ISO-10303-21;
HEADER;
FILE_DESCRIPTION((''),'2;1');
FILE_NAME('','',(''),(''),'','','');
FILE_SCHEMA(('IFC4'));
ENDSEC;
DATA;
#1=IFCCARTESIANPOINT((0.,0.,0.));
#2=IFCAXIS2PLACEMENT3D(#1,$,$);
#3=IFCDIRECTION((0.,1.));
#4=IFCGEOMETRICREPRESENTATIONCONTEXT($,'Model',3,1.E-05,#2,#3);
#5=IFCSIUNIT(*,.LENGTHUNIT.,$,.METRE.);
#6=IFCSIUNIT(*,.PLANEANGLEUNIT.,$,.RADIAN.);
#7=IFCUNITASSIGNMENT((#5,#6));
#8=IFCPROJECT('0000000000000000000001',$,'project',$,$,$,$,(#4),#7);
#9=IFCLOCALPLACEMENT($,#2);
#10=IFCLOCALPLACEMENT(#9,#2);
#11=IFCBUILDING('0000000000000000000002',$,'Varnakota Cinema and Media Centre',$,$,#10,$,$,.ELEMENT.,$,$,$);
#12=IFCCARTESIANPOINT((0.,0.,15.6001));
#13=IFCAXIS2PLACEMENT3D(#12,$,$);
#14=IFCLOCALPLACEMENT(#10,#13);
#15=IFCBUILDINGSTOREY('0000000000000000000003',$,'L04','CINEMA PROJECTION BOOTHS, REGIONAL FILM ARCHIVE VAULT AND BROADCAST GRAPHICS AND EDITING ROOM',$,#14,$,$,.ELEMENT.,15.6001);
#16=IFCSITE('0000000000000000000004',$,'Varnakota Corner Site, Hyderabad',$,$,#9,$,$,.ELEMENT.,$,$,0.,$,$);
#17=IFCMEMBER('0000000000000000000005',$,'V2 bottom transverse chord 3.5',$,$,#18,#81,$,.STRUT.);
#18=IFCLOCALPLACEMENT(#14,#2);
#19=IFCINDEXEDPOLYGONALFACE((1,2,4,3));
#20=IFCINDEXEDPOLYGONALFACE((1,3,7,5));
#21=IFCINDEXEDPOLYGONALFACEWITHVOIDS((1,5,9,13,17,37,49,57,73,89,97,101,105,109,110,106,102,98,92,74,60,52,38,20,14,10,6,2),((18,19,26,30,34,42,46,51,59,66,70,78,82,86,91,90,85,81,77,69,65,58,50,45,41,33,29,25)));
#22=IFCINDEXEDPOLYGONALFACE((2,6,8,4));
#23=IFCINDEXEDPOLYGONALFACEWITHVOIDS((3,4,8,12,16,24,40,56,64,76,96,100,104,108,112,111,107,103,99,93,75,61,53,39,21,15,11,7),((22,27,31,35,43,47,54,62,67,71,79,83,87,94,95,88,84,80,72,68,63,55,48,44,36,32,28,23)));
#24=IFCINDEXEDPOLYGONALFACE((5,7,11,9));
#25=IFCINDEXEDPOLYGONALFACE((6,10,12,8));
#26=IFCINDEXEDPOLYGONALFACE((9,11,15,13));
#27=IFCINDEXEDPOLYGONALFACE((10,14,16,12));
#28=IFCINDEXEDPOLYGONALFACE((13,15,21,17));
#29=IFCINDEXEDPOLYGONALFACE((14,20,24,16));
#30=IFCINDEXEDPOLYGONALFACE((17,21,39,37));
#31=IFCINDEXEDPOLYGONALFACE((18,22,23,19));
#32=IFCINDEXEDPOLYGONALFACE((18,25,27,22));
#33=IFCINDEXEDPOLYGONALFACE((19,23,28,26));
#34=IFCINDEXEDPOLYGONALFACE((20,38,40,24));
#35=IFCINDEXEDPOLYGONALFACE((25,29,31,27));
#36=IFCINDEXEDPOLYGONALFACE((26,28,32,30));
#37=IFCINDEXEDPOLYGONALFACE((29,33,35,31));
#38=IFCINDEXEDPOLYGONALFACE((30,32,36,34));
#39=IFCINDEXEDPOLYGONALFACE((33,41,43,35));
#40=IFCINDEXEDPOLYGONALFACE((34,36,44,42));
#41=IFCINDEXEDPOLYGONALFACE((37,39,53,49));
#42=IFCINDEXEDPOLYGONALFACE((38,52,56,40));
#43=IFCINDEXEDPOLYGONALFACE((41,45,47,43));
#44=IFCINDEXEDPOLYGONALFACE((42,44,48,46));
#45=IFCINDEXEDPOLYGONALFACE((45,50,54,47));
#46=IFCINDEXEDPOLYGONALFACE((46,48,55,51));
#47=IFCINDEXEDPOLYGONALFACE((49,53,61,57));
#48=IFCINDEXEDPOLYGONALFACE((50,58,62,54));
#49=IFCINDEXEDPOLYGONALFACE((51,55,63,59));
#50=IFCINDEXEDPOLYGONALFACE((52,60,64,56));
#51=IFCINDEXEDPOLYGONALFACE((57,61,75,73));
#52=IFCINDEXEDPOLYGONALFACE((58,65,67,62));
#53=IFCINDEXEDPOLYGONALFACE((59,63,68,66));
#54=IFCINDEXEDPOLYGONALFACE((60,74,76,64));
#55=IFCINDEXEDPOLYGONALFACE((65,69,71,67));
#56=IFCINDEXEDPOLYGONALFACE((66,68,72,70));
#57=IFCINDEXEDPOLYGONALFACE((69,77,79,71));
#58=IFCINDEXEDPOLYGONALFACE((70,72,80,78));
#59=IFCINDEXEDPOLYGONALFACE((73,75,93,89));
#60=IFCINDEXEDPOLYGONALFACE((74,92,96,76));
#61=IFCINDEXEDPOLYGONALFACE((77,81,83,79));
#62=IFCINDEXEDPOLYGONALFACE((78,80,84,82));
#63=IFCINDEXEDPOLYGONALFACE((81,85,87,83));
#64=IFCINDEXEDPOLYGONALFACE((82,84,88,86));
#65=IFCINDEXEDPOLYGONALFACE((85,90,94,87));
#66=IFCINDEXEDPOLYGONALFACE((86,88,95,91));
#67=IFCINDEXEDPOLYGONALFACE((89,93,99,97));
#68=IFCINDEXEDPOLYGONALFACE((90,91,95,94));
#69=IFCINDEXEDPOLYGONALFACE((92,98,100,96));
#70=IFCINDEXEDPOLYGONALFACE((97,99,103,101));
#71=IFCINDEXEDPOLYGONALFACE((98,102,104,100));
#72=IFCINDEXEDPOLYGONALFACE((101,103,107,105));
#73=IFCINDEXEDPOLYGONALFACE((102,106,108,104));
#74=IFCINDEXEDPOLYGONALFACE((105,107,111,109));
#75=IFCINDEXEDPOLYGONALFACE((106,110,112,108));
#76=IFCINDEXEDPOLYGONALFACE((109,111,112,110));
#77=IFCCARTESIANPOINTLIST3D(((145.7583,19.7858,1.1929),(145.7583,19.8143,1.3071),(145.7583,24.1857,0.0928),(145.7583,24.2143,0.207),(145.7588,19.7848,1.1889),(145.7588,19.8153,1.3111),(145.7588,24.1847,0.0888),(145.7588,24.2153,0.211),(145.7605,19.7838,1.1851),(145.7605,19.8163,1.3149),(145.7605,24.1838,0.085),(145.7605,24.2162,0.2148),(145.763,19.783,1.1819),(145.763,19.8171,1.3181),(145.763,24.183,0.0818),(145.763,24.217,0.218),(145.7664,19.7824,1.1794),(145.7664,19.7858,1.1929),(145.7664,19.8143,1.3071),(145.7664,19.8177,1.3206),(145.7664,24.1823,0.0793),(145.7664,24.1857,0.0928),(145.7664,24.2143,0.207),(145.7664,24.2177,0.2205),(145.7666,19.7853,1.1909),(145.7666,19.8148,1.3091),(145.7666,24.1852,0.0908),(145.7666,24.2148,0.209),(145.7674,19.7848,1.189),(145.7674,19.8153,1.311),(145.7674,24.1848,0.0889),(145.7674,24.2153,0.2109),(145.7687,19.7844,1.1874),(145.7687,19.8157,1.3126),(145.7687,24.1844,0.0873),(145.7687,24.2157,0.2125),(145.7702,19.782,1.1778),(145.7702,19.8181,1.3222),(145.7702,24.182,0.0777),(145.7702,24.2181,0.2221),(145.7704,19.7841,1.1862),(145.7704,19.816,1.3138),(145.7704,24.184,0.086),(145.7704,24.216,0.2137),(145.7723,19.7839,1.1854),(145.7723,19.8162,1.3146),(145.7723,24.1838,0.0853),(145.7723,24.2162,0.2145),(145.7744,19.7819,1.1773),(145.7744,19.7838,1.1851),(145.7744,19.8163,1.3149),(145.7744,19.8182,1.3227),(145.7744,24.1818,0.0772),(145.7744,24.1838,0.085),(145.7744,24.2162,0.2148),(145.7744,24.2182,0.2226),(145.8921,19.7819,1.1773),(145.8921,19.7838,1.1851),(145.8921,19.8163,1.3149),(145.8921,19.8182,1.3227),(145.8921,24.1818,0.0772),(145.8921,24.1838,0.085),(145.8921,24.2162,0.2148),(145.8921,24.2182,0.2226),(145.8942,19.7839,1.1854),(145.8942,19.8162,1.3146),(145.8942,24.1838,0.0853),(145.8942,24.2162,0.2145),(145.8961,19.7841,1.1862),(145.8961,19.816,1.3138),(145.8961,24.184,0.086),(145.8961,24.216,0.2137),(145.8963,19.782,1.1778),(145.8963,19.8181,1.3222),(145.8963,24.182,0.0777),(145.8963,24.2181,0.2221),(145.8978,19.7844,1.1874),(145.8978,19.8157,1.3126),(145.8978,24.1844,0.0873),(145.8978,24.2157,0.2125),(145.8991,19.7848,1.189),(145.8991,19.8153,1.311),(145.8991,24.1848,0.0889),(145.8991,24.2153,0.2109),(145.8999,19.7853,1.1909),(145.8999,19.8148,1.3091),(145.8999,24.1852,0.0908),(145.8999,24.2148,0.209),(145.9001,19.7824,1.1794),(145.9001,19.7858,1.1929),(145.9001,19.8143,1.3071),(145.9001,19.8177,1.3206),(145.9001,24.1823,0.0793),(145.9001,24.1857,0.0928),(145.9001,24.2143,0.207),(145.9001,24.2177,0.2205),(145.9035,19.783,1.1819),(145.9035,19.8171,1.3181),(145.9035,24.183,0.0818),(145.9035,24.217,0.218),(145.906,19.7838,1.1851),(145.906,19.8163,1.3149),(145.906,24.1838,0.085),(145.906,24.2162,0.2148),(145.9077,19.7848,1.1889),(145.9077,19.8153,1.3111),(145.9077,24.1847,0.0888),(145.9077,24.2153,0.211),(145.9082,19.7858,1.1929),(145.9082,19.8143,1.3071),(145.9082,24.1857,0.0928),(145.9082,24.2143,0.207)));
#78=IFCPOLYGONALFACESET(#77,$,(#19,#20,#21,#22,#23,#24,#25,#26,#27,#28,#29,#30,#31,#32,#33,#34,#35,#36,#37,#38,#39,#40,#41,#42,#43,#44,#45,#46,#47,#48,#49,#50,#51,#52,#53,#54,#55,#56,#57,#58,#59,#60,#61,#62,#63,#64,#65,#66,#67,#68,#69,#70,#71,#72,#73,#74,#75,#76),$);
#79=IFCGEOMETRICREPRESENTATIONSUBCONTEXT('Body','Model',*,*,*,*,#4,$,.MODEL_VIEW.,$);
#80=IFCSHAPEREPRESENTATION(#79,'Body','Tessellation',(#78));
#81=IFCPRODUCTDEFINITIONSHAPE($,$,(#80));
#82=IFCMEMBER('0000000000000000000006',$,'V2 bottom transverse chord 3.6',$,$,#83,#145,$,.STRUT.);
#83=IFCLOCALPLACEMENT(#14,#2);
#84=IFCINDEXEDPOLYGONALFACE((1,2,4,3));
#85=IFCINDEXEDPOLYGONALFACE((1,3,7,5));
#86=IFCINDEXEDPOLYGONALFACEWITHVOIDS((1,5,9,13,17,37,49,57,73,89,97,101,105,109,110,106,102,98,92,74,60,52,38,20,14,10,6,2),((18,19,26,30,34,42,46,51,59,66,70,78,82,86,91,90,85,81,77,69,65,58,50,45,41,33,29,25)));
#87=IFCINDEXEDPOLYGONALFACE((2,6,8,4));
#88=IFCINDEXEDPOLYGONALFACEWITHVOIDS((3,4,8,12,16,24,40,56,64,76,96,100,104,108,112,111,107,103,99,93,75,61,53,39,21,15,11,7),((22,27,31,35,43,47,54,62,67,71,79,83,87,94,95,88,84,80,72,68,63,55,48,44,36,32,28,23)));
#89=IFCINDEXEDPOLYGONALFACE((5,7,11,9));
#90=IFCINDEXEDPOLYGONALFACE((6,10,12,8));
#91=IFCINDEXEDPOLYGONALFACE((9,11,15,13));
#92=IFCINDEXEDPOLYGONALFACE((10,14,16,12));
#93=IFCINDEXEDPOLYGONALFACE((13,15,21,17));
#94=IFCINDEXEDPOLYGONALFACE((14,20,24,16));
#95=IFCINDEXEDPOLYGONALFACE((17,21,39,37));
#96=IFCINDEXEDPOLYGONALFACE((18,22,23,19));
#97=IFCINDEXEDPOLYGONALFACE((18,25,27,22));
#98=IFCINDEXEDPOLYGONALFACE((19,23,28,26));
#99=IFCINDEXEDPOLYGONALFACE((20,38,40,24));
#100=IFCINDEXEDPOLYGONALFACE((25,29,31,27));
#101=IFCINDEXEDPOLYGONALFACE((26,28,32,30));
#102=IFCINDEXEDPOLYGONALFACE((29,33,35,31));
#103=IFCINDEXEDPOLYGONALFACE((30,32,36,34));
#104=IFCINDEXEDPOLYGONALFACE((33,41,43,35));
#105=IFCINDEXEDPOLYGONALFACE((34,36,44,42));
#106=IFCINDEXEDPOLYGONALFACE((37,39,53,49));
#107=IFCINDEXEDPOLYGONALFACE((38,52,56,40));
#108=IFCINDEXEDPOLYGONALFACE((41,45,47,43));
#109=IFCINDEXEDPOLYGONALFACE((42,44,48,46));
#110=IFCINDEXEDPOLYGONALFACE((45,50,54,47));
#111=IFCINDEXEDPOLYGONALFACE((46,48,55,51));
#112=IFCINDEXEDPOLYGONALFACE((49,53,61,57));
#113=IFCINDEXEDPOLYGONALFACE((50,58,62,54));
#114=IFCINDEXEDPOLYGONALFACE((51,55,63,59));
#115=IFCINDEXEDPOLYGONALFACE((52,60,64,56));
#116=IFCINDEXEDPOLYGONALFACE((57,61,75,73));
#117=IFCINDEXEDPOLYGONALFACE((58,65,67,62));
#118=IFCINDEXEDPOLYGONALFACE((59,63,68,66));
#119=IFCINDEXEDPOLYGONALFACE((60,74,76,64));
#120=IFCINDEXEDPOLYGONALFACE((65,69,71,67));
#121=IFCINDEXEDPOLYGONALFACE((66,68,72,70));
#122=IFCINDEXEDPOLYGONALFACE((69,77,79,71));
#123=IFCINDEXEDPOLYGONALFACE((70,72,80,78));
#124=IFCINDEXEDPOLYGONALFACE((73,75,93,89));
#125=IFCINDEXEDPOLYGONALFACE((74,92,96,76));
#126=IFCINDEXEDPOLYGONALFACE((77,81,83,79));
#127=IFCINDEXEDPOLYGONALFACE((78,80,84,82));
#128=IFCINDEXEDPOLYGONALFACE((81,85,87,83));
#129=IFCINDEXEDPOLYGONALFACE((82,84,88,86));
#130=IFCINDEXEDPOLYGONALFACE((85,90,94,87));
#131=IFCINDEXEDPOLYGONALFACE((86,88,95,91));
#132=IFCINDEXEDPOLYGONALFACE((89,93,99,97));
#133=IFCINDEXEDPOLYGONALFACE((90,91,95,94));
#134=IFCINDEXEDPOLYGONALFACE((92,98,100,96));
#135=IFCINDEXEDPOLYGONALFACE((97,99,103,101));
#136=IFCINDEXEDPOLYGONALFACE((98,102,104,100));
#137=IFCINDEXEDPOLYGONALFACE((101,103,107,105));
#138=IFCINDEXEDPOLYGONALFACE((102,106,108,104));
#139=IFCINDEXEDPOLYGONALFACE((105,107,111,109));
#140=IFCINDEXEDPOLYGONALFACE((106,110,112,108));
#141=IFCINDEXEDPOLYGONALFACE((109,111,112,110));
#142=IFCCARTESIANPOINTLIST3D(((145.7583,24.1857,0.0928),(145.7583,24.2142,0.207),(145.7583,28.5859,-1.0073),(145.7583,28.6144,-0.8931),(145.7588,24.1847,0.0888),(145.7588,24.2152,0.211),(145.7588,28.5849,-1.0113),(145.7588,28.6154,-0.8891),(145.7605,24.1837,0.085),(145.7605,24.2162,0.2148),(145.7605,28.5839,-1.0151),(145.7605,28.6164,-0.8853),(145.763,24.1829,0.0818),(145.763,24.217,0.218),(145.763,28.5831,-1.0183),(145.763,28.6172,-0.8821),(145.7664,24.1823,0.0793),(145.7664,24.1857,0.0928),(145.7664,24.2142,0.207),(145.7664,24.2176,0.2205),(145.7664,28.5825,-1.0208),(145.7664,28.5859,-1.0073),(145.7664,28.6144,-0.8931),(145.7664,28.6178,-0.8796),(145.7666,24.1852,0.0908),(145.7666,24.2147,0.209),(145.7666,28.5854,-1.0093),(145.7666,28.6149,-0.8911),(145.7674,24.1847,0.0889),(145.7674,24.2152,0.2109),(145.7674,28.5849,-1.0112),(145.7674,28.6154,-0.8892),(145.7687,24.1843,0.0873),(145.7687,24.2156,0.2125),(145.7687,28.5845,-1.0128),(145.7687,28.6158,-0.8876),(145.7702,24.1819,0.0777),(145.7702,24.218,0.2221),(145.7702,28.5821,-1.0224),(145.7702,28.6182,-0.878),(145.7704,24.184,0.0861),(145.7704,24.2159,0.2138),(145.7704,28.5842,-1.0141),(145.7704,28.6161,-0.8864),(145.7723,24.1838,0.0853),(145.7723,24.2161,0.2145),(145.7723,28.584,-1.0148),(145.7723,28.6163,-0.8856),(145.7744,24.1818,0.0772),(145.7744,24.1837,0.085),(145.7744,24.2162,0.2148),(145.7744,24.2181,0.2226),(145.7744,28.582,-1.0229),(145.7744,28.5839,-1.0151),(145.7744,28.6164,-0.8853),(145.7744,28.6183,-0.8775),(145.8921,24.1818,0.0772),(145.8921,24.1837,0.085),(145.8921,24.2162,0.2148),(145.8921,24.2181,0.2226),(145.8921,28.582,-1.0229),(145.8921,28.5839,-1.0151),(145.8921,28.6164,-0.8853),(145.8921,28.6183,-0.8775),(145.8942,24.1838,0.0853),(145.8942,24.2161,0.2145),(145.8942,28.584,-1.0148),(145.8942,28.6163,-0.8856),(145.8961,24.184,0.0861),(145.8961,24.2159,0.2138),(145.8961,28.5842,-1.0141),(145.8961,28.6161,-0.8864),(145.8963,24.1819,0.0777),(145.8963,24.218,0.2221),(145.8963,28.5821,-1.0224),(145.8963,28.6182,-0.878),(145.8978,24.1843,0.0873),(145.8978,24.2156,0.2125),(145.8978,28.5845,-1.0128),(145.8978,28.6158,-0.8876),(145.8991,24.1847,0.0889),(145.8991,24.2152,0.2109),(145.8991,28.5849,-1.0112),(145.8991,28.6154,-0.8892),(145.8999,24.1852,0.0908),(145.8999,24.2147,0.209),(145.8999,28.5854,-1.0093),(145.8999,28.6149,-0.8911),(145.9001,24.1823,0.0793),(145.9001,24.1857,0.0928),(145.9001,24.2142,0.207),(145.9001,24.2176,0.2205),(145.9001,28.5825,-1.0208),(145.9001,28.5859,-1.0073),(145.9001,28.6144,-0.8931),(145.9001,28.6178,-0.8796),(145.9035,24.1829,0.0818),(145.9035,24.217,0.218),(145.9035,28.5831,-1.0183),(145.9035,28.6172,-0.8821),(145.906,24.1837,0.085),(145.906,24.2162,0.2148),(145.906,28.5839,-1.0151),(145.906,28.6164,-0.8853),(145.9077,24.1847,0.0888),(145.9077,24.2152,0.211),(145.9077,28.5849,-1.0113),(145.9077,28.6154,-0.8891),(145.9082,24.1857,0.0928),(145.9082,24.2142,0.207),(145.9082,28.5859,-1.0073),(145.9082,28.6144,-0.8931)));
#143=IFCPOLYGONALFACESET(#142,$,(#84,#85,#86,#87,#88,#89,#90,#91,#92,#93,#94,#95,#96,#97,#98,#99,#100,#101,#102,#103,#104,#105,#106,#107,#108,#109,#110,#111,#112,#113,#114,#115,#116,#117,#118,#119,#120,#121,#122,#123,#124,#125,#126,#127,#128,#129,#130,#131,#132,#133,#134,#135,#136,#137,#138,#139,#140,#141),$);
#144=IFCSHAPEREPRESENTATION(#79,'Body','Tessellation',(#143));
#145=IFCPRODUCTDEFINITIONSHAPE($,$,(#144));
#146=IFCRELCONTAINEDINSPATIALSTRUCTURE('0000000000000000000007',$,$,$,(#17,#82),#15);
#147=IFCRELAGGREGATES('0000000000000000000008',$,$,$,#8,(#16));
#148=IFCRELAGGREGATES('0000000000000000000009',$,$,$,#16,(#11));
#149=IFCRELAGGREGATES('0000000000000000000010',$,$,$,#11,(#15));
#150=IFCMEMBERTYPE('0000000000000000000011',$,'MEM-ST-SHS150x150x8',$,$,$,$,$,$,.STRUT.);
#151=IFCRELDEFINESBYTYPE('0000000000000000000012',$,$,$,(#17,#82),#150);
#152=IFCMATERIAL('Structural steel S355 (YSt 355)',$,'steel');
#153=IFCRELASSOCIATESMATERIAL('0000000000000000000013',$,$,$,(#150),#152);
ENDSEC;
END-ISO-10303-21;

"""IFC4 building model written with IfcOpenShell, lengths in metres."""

from ifc_helpers import new_model, si_unit, direction, frame, origin, origin_2d, place, context, subcontext, project, spatial, hollow_rectangle, extrude, material, material_profile, profile_set, type_object, element, save


model = new_model("IFC4")

# Units and contexts
model_context = context("Model", 3, precision=1e-05, world=origin(), true_north=direction((0.0, 1.0)))
body_context = subcontext(model_context, "Body", "Model", "MODEL_VIEW")
ifc_project = project(units=[si_unit("LENGTHUNIT", "METRE"), si_unit("PLANEANGLEUNIT", "RADIAN")], contexts=[model_context])

# Site, building, storey
site_placement = place(None, origin())
site = spatial("IfcSite", under=ifc_project, at=site_placement, Name="Varnakota Corner Site, Hyderabad", CompositionType="ELEMENT", RefElevation=0.0)
building_placement = place(site_placement, origin())
building = spatial("IfcBuilding", under=site, at=building_placement, Name="Varnakota Cinema and Media Centre", CompositionType="ELEMENT")
storey_placement = place(building_placement, frame((0.0, 0.0, 15.6001)))
storey = spatial("IfcBuildingStorey", under=building, at=storey_placement, Name="L04", Description="CINEMA PROJECTION BOOTHS, REGIONAL FILM ARCHIVE VAULT AND BROADCAST GRAPHICS AND EDITING ROOM", CompositionType="ELEMENT", Elevation=15.6001)

# Members
ifc_material_1 = material(Name="Structural steel S355 (YSt 355)", Category="steel")
ifc_material_profile_1 = material_profile(ifc_material_1, hollow_rectangle(XDim=0.1499, YDim=0.1499, WallThickness=0.0081, InnerFilletRadius=0.0081, OuterFilletRadius=0.0161, at=origin_2d()), Name="SHS 150x150x8")
ifc_profile_set_1 = profile_set([ifc_material_profile_1], Name="Structural steel S355 (YSt 355)")
member_type_1 = type_object("IfcMemberType", Name="MEM-ST-SHS150x150x8", PredefinedType="STRUT", material=ifc_profile_set_1)
member_1_placement = place(storey_placement, frame((145.8333, 19.8, 1.25), z_axis=(0.0, 0.970136, -0.242561), x_axis=(-1.0, 0.0, 0.0)))
element("IfcMember", 1, at=member_1_placement, inside=storey, type_object=member_type_1, Name="V2 bottom transverse chord 3.5", PredefinedType="STRUT", context=body_context, shape_type="SweptSolid", body=[
    extrude(hollow_rectangle(XDim=0.1499, YDim=0.1499, WallThickness=0.0081, InnerFilletRadius=0.0081, OuterFilletRadius=0.0161, at=origin_2d()), origin(), (0.0, 0.0, 1.0), 4.5354),
])
member_2_placement = place(storey_placement, frame((145.8333, 24.2, 0.1499), z_axis=(0.0, 0.970139, -0.242548), x_axis=(-1.0, 0.0, 0.0)))
element("IfcMember", 2, at=member_2_placement, inside=storey, type_object=member_type_1, Name="V2 bottom transverse chord 3.6", PredefinedType="STRUT", context=body_context, shape_type="SweptSolid", body=[
    extrude(hollow_rectangle(XDim=0.1499, YDim=0.1499, WallThickness=0.0081, InnerFilletRadius=0.0081, OuterFilletRadius=0.0161, at=origin_2d()), origin(), (0.0, 0.0, 1.0), 4.5356),
])

save(model, "model.ifc")
